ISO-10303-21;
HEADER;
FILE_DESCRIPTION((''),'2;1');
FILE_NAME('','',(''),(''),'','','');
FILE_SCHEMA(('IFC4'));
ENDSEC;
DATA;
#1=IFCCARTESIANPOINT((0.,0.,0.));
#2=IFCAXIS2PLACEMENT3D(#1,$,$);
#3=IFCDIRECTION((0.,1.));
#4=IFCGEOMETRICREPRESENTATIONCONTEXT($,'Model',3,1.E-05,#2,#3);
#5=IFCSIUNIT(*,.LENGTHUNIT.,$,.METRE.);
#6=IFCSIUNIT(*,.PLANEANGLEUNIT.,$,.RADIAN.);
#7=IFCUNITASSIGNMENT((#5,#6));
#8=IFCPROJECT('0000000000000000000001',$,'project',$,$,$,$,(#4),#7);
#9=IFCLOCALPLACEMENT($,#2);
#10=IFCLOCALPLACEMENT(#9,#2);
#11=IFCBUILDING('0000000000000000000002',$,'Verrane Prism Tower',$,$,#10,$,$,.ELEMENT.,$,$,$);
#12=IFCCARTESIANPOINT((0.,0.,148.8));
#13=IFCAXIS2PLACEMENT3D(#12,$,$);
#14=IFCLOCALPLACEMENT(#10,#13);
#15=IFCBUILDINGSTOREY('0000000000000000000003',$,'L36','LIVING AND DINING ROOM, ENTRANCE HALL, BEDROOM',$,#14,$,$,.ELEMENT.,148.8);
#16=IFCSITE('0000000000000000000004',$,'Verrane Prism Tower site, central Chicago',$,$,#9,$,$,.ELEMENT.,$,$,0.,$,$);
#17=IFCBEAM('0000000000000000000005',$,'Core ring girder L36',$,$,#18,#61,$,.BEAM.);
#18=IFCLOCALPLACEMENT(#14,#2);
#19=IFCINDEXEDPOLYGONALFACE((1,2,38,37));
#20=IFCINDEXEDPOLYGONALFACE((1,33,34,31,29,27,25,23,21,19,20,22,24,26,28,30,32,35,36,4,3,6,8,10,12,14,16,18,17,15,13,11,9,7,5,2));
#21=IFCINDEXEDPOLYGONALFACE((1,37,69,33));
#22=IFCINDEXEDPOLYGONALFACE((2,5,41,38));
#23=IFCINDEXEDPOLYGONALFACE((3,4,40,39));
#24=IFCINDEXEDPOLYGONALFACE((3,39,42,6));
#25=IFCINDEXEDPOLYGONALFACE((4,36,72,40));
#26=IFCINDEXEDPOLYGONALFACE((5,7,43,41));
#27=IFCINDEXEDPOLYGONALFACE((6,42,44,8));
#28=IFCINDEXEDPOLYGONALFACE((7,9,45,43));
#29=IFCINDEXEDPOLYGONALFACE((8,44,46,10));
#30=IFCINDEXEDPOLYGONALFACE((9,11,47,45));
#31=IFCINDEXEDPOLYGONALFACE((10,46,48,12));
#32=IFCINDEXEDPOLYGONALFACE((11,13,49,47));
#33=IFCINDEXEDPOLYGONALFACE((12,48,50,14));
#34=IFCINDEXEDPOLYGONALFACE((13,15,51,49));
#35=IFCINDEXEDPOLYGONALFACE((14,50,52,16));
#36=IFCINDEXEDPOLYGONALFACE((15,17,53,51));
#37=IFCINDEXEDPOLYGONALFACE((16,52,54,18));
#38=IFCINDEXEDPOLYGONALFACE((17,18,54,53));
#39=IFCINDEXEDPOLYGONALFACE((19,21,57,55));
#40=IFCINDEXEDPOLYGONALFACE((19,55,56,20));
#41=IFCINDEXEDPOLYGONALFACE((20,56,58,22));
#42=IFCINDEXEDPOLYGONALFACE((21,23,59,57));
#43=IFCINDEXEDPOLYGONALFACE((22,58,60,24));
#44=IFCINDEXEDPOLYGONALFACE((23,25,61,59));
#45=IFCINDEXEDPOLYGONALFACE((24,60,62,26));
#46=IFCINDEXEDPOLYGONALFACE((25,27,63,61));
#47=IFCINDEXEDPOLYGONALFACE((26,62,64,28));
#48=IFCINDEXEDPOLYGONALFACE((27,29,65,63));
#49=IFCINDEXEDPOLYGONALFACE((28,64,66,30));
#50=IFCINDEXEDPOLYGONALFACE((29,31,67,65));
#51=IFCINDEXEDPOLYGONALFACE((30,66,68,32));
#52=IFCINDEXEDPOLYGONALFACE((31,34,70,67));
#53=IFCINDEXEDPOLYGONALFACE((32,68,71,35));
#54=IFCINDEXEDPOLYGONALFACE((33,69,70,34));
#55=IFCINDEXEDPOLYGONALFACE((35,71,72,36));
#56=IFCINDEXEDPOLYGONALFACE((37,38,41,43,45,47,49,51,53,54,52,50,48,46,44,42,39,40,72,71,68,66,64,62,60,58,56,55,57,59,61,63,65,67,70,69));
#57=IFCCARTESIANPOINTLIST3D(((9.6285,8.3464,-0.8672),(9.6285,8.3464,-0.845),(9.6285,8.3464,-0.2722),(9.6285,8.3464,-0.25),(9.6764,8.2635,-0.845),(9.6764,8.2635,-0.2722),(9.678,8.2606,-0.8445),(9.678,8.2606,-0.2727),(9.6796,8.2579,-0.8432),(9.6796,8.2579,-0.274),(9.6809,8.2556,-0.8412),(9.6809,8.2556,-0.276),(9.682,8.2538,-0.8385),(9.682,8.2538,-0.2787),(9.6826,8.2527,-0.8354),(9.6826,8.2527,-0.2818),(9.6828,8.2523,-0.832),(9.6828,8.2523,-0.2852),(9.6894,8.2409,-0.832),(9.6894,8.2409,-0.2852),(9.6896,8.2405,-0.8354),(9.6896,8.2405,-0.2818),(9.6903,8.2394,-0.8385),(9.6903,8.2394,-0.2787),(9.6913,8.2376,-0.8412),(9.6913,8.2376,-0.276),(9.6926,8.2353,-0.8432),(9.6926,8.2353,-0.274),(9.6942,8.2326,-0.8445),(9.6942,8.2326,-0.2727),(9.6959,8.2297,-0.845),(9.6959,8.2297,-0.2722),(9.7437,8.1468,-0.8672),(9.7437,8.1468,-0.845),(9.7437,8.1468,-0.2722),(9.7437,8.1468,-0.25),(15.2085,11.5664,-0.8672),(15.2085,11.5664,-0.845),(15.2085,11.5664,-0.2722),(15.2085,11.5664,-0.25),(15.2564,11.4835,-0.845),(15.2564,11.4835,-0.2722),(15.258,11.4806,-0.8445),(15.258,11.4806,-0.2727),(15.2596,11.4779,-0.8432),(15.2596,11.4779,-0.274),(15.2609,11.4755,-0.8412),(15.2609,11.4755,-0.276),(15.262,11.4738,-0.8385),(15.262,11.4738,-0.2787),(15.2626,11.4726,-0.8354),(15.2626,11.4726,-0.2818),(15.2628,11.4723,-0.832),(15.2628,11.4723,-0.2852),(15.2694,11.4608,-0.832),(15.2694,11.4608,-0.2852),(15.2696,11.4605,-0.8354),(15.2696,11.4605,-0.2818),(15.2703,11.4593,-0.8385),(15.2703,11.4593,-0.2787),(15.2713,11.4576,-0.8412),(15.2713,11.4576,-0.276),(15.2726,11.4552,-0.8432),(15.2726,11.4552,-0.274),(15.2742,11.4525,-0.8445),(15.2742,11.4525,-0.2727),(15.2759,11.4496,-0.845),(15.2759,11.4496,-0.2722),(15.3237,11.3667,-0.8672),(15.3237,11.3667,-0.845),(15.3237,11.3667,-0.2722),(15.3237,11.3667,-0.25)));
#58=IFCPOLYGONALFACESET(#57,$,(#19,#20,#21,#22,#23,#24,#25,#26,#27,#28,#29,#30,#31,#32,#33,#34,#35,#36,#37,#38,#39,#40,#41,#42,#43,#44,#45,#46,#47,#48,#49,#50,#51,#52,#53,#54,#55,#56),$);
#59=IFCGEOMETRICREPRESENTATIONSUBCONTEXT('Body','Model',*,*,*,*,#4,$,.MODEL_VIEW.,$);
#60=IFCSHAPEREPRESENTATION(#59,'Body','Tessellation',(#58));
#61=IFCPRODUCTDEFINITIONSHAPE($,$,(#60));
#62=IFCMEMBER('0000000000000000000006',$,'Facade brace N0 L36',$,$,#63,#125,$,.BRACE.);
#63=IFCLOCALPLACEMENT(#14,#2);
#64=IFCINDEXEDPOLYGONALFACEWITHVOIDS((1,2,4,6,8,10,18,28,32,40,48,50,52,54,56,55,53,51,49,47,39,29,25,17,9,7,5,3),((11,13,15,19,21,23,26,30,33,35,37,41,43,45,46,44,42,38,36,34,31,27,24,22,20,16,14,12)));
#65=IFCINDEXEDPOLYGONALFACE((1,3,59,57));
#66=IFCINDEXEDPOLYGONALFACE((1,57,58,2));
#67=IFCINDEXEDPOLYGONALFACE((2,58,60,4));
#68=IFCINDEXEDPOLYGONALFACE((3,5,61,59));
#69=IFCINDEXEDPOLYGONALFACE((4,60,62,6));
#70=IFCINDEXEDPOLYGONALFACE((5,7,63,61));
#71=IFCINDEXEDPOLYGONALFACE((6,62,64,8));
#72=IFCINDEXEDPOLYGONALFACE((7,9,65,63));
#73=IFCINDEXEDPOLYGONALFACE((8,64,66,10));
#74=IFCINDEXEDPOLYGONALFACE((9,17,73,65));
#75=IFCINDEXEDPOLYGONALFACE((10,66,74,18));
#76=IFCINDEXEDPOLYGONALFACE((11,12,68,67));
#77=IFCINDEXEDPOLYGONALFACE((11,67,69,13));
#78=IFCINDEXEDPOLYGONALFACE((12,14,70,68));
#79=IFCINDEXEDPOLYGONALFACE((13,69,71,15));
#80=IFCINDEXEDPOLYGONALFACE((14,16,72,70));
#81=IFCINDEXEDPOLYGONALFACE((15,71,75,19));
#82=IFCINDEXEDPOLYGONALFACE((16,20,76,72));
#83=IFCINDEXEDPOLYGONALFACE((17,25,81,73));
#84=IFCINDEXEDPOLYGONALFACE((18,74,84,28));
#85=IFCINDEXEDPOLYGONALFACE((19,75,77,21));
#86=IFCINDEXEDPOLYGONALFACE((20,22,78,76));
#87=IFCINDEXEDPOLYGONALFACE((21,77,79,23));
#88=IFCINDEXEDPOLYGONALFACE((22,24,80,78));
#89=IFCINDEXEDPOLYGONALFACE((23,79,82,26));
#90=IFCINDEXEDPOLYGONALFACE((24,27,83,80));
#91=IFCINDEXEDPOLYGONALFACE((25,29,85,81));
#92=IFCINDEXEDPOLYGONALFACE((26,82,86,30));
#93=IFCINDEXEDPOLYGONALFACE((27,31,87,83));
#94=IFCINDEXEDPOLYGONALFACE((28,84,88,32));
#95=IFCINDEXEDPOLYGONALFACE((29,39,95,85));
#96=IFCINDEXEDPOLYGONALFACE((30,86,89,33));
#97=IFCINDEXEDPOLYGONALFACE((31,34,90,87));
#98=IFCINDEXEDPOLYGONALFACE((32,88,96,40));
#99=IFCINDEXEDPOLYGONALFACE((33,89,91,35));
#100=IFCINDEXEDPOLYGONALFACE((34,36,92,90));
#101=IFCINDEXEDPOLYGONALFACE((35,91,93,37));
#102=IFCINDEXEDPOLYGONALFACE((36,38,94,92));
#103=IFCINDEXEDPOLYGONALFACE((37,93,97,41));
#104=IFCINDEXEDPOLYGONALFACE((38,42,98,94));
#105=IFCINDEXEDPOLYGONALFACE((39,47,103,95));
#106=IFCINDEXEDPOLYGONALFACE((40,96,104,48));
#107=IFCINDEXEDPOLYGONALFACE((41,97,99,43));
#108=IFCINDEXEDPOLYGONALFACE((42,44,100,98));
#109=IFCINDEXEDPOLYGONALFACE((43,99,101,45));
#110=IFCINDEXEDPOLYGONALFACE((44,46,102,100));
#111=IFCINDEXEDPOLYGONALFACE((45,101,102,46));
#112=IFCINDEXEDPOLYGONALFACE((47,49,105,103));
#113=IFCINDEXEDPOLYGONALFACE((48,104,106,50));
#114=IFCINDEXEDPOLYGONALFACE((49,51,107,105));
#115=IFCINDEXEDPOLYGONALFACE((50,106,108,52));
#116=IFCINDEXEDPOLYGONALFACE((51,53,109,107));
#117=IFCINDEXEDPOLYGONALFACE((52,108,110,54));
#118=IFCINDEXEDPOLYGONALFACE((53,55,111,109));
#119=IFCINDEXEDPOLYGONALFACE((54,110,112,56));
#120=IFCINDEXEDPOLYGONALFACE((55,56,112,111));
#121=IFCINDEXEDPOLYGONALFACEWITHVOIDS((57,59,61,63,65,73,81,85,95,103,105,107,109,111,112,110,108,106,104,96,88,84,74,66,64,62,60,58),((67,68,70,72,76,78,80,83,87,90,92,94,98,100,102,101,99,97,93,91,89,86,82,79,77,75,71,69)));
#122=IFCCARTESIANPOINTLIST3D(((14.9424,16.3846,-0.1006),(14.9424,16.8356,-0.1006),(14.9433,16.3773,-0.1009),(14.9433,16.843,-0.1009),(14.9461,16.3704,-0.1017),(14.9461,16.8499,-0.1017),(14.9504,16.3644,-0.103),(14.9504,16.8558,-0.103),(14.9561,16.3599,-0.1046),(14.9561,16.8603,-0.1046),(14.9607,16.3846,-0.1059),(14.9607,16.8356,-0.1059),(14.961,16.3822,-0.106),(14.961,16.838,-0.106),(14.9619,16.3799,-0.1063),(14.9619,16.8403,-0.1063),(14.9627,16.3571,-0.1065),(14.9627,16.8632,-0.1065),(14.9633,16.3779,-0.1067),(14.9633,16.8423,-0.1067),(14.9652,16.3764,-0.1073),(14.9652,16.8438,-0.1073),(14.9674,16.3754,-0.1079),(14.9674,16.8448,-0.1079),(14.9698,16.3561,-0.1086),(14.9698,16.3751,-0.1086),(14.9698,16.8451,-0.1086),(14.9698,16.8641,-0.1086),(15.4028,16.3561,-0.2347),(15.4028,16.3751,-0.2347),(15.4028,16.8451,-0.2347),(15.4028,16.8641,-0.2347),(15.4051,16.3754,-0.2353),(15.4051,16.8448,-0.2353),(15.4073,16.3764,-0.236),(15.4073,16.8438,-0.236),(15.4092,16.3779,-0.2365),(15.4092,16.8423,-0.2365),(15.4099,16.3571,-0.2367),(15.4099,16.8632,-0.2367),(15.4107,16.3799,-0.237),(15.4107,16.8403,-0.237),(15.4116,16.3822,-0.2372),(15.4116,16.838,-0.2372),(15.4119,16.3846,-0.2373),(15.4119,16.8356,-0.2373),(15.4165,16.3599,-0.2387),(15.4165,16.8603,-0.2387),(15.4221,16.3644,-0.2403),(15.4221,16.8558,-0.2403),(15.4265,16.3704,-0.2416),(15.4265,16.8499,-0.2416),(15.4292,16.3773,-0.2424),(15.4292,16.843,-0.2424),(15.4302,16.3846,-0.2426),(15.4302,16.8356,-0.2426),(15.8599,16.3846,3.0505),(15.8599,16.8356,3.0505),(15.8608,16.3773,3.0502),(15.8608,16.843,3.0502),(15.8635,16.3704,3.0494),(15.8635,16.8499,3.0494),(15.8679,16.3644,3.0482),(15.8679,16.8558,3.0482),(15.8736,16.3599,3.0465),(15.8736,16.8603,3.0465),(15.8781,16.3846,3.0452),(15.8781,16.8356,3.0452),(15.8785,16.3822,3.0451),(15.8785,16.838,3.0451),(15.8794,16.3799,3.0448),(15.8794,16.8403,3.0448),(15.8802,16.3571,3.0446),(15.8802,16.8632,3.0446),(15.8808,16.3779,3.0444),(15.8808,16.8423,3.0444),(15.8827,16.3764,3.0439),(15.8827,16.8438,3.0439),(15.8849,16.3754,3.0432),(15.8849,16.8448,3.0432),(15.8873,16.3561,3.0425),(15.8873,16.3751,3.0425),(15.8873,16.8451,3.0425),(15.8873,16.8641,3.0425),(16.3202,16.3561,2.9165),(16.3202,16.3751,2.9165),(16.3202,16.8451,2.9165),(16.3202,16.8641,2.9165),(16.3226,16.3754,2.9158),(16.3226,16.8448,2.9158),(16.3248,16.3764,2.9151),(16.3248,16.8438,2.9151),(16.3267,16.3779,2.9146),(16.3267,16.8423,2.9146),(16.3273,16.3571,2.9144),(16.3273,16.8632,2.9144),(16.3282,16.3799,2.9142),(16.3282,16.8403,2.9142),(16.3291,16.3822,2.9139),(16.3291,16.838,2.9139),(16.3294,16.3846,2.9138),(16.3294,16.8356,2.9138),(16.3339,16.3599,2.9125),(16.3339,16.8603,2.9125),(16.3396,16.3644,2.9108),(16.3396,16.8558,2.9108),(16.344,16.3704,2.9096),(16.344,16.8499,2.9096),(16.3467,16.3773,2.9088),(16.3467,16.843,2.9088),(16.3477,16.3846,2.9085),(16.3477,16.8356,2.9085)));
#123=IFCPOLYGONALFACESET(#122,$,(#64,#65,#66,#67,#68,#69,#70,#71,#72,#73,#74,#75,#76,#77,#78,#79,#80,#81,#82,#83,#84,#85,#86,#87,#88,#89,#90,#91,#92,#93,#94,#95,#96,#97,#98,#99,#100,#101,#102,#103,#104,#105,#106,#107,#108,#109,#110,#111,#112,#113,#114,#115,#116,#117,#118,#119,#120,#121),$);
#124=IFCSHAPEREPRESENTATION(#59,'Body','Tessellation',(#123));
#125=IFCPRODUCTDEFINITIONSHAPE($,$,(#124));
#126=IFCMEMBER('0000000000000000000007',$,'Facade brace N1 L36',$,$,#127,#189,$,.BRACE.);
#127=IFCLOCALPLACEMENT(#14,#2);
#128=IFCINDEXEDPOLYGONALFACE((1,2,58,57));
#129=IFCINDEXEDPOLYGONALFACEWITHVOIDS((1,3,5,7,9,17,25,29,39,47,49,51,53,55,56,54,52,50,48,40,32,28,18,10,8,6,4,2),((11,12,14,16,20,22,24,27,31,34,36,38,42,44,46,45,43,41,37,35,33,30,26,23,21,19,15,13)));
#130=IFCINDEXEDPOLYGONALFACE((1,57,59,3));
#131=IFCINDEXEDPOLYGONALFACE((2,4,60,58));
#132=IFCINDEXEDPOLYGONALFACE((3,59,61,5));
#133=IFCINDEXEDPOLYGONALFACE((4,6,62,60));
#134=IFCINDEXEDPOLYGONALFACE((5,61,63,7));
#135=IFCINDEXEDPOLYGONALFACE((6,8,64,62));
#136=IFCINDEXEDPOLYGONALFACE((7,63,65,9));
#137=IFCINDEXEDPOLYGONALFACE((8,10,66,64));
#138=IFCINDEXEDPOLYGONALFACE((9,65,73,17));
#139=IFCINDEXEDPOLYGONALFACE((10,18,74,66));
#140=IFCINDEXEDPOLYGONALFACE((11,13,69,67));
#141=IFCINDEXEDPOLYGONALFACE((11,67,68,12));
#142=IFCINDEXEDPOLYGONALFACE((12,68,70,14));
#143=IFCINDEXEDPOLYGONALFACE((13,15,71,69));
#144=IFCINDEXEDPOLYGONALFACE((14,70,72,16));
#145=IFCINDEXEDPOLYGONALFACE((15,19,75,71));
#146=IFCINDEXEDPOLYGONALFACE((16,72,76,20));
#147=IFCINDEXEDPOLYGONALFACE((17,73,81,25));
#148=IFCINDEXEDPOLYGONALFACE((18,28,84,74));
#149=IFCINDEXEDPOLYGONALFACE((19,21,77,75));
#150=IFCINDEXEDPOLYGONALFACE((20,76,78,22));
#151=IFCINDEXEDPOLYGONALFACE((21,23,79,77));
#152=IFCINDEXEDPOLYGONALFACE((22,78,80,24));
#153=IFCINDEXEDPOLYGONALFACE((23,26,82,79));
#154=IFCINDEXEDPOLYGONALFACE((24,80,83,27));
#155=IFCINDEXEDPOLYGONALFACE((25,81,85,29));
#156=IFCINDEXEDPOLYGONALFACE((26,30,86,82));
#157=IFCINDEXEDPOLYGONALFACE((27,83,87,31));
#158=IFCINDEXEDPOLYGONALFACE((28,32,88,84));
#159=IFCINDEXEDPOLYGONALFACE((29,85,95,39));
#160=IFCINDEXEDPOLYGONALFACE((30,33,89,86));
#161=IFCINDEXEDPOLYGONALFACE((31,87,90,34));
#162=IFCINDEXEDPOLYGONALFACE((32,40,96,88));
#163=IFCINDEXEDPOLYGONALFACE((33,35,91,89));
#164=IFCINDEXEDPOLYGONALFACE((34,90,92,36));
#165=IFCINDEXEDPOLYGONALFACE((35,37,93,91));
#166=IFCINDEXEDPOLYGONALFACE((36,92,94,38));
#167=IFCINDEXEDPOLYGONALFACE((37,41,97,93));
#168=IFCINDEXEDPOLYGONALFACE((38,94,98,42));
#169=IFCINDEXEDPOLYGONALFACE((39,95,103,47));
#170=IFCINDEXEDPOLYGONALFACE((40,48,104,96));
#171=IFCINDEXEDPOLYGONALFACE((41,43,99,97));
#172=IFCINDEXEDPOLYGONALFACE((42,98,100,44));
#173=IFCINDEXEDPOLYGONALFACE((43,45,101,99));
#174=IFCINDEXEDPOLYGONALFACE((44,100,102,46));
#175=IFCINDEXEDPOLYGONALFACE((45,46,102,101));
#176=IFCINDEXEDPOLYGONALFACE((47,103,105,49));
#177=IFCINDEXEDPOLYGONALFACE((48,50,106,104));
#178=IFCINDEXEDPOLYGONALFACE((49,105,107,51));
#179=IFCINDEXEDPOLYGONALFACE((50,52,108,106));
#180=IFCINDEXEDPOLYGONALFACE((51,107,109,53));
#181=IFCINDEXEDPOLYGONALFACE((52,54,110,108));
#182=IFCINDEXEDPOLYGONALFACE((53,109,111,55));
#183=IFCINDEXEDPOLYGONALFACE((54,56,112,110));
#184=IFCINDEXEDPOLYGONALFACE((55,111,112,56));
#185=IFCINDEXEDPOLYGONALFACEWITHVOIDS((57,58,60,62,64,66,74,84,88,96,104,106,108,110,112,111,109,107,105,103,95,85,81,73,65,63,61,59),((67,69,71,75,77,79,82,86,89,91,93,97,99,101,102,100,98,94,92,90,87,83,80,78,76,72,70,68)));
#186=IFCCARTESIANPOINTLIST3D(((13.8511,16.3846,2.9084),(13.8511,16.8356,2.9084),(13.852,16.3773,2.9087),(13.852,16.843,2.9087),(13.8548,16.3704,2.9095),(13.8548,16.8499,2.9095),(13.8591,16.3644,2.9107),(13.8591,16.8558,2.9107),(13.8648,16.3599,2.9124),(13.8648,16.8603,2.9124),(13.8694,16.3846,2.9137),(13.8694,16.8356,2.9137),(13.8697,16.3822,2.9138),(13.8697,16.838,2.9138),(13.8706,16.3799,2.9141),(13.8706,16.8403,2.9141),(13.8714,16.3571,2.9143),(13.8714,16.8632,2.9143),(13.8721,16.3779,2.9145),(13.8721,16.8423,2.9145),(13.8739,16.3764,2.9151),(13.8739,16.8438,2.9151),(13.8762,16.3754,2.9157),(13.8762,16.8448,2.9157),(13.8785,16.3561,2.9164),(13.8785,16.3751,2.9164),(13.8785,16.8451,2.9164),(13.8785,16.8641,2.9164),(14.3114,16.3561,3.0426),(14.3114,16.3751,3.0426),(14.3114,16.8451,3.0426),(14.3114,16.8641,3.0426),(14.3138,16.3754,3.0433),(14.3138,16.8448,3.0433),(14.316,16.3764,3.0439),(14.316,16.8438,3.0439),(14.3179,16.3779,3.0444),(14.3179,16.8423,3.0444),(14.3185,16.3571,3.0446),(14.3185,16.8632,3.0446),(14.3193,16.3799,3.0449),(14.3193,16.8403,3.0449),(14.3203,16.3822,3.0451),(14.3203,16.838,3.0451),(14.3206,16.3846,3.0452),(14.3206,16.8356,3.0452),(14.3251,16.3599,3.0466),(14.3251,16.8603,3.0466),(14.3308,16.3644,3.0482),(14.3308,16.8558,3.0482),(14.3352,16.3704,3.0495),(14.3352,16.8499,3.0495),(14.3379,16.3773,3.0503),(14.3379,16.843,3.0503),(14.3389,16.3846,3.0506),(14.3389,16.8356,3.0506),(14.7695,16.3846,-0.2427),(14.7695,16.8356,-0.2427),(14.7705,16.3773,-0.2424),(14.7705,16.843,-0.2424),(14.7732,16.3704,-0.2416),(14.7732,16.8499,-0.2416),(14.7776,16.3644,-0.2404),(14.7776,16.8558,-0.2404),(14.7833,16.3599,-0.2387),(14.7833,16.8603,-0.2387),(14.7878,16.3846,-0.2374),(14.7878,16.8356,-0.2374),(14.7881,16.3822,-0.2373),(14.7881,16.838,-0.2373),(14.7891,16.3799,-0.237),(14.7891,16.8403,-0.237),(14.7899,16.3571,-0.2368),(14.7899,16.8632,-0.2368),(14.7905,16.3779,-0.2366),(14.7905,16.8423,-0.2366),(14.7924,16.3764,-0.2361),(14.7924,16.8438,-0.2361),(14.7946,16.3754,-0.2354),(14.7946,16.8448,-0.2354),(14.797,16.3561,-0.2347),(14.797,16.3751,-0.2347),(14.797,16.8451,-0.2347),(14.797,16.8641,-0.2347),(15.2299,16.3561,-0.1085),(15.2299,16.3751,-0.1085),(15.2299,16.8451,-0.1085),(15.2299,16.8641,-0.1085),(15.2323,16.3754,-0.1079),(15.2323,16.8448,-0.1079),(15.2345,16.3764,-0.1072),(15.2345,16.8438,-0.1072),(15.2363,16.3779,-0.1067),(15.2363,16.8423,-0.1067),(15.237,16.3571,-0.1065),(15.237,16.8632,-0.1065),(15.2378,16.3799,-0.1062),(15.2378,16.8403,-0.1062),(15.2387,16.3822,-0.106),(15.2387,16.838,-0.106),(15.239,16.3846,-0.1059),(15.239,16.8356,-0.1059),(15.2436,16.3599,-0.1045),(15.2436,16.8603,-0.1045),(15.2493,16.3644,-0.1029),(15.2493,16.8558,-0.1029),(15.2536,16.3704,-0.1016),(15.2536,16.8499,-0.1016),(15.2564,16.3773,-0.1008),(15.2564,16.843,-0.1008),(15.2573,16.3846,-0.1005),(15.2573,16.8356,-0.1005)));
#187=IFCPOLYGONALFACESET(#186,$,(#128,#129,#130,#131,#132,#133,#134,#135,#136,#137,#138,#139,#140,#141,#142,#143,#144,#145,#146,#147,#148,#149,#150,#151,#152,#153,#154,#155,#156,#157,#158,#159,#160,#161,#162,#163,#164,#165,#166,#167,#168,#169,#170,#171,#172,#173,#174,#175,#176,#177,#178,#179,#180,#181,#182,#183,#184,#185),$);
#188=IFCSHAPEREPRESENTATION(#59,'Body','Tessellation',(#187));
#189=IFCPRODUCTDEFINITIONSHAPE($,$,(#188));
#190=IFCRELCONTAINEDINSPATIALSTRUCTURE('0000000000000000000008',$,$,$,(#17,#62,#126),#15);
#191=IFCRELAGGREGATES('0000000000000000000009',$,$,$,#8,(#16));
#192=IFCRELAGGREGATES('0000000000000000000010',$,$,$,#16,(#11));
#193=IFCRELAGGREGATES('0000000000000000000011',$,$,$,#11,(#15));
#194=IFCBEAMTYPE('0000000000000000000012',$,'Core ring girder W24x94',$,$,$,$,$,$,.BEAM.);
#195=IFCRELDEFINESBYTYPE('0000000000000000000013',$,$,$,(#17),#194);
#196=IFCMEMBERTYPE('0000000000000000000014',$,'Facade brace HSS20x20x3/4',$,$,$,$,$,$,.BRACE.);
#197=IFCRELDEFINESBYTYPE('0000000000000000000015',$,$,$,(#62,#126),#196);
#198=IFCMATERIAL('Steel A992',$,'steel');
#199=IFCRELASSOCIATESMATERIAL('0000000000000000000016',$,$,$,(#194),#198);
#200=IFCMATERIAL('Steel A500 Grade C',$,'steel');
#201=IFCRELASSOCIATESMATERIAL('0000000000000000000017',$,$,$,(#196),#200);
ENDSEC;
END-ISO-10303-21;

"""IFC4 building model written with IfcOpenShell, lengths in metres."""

from ifc_helpers import new_model, si_unit, direction, frame, origin, origin_2d, place, context, subcontext, project, spatial, hollow_rectangle, i_section, extrude, material, material_profile, profile_set, type_object, element, save


model = new_model("IFC4")

# Units and contexts
model_context = context("Model", 3, precision=1e-05, world=origin(), true_north=direction((0.0, 1.0)))
body_context = subcontext(model_context, "Body", "Model", "MODEL_VIEW")
ifc_project = project(units=[si_unit("LENGTHUNIT", "METRE"), si_unit("PLANEANGLEUNIT", "RADIAN")], contexts=[model_context])

# Site, building, storey
site_placement = place(None, origin())
site = spatial("IfcSite", under=ifc_project, at=site_placement, Name="Verrane Prism Tower site, central Chicago", CompositionType="ELEMENT", RefElevation=0.0)
building_placement = place(site_placement, origin())
building = spatial("IfcBuilding", under=site, at=building_placement, Name="Verrane Prism Tower", CompositionType="ELEMENT")
storey_placement = place(building_placement, frame((0.0, 0.0, 148.8)))
storey = spatial("IfcBuildingStorey", under=building, at=storey_placement, Name="L36", Description="LIVING AND DINING ROOM, ENTRANCE HALL, BEDROOM", CompositionType="ELEMENT", Elevation=148.8)

# Beam
ifc_material_1 = material(Name="Steel A992", Category="steel")
ifc_material_profile_1 = material_profile(ifc_material_1, i_section(OverallWidth=0.2305, OverallDepth=0.6172, WebThickness=0.0132, FlangeThickness=0.0222, FilletRadius=0.0129, at=origin_2d()), Name="W24x94")
ifc_profile_set_1 = profile_set([ifc_material_profile_1], Name="Steel A992")
beam_type_1 = type_object("IfcBeamType", Name="Core ring girder W24x94", PredefinedType="BEAM", material=ifc_profile_set_1)
beam_1_placement = place(storey_placement, frame((15.2661, 11.4666, -0.5586), z_axis=(-0.866139, -0.499803, 0.0), x_axis=(0.499803, -0.866139, 0.0)))
element("IfcBeam", 1, at=beam_1_placement, inside=storey, type_object=beam_type_1, Name="Core ring girder L36", PredefinedType="BEAM", context=body_context, shape_type="SweptSolid", body=[
    extrude(i_section(OverallWidth=0.2305, OverallDepth=0.6172, WebThickness=0.0132, FlangeThickness=0.0222, FilletRadius=0.0129, at=origin_2d()), origin(), (0.0, 0.0, 1.0), 6.4424),
])

# Members
ifc_material_2 = material(Name="Steel A500 Grade C", Category="steel")
ifc_material_profile_2 = material_profile(ifc_material_2, hollow_rectangle(XDim=0.5081, YDim=0.5081, WallThickness=0.019, InnerFilletRadius=0.0095, OuterFilletRadius=0.0286, at=origin_2d()), Name="HSS20x20x3/4")
ifc_profile_set_2 = profile_set([ifc_material_profile_2], Name="Steel A500 Grade C")
member_type_1 = type_object("IfcMemberType", Name="Facade brace HSS20x20x3/4", PredefinedType="BRACE", material=ifc_profile_set_2)
member_1_placement = place(storey_placement, frame((15.1863, 16.6101, -0.1716), z_axis=(0.279551, 0.0, 0.960131), x_axis=(0.0, 1.0, 0.0)))
element("IfcMember", 2, at=member_1_placement, inside=storey, type_object=member_type_1, Name="Facade brace N0 L36", PredefinedType="BRACE", context=body_context, shape_type="SweptSolid", body=[
    extrude(hollow_rectangle(XDim=0.5081, YDim=0.5081, WallThickness=0.019, InnerFilletRadius=0.0095, OuterFilletRadius=0.0286, at=origin_2d()), origin(), (0.0, 0.0, 1.0), 3.282),
])
member_2_placement = place(storey_placement, frame((15.0134, 16.6101, -0.1716), z_axis=(-0.279826, 0.0, 0.960051), x_axis=(0.0, -1.0, 0.0)))
element("IfcMember", 3, at=member_2_placement, inside=storey, type_object=member_type_1, Name="Facade brace N1 L36", PredefinedType="BRACE", context=body_context, shape_type="SweptSolid", body=[
    extrude(hollow_rectangle(XDim=0.5081, YDim=0.5081, WallThickness=0.019, InnerFilletRadius=0.0095, OuterFilletRadius=0.0286, at=origin_2d()), origin(), (0.0, 0.0, 1.0), 3.2822),
])

save(model, "model.ifc")
